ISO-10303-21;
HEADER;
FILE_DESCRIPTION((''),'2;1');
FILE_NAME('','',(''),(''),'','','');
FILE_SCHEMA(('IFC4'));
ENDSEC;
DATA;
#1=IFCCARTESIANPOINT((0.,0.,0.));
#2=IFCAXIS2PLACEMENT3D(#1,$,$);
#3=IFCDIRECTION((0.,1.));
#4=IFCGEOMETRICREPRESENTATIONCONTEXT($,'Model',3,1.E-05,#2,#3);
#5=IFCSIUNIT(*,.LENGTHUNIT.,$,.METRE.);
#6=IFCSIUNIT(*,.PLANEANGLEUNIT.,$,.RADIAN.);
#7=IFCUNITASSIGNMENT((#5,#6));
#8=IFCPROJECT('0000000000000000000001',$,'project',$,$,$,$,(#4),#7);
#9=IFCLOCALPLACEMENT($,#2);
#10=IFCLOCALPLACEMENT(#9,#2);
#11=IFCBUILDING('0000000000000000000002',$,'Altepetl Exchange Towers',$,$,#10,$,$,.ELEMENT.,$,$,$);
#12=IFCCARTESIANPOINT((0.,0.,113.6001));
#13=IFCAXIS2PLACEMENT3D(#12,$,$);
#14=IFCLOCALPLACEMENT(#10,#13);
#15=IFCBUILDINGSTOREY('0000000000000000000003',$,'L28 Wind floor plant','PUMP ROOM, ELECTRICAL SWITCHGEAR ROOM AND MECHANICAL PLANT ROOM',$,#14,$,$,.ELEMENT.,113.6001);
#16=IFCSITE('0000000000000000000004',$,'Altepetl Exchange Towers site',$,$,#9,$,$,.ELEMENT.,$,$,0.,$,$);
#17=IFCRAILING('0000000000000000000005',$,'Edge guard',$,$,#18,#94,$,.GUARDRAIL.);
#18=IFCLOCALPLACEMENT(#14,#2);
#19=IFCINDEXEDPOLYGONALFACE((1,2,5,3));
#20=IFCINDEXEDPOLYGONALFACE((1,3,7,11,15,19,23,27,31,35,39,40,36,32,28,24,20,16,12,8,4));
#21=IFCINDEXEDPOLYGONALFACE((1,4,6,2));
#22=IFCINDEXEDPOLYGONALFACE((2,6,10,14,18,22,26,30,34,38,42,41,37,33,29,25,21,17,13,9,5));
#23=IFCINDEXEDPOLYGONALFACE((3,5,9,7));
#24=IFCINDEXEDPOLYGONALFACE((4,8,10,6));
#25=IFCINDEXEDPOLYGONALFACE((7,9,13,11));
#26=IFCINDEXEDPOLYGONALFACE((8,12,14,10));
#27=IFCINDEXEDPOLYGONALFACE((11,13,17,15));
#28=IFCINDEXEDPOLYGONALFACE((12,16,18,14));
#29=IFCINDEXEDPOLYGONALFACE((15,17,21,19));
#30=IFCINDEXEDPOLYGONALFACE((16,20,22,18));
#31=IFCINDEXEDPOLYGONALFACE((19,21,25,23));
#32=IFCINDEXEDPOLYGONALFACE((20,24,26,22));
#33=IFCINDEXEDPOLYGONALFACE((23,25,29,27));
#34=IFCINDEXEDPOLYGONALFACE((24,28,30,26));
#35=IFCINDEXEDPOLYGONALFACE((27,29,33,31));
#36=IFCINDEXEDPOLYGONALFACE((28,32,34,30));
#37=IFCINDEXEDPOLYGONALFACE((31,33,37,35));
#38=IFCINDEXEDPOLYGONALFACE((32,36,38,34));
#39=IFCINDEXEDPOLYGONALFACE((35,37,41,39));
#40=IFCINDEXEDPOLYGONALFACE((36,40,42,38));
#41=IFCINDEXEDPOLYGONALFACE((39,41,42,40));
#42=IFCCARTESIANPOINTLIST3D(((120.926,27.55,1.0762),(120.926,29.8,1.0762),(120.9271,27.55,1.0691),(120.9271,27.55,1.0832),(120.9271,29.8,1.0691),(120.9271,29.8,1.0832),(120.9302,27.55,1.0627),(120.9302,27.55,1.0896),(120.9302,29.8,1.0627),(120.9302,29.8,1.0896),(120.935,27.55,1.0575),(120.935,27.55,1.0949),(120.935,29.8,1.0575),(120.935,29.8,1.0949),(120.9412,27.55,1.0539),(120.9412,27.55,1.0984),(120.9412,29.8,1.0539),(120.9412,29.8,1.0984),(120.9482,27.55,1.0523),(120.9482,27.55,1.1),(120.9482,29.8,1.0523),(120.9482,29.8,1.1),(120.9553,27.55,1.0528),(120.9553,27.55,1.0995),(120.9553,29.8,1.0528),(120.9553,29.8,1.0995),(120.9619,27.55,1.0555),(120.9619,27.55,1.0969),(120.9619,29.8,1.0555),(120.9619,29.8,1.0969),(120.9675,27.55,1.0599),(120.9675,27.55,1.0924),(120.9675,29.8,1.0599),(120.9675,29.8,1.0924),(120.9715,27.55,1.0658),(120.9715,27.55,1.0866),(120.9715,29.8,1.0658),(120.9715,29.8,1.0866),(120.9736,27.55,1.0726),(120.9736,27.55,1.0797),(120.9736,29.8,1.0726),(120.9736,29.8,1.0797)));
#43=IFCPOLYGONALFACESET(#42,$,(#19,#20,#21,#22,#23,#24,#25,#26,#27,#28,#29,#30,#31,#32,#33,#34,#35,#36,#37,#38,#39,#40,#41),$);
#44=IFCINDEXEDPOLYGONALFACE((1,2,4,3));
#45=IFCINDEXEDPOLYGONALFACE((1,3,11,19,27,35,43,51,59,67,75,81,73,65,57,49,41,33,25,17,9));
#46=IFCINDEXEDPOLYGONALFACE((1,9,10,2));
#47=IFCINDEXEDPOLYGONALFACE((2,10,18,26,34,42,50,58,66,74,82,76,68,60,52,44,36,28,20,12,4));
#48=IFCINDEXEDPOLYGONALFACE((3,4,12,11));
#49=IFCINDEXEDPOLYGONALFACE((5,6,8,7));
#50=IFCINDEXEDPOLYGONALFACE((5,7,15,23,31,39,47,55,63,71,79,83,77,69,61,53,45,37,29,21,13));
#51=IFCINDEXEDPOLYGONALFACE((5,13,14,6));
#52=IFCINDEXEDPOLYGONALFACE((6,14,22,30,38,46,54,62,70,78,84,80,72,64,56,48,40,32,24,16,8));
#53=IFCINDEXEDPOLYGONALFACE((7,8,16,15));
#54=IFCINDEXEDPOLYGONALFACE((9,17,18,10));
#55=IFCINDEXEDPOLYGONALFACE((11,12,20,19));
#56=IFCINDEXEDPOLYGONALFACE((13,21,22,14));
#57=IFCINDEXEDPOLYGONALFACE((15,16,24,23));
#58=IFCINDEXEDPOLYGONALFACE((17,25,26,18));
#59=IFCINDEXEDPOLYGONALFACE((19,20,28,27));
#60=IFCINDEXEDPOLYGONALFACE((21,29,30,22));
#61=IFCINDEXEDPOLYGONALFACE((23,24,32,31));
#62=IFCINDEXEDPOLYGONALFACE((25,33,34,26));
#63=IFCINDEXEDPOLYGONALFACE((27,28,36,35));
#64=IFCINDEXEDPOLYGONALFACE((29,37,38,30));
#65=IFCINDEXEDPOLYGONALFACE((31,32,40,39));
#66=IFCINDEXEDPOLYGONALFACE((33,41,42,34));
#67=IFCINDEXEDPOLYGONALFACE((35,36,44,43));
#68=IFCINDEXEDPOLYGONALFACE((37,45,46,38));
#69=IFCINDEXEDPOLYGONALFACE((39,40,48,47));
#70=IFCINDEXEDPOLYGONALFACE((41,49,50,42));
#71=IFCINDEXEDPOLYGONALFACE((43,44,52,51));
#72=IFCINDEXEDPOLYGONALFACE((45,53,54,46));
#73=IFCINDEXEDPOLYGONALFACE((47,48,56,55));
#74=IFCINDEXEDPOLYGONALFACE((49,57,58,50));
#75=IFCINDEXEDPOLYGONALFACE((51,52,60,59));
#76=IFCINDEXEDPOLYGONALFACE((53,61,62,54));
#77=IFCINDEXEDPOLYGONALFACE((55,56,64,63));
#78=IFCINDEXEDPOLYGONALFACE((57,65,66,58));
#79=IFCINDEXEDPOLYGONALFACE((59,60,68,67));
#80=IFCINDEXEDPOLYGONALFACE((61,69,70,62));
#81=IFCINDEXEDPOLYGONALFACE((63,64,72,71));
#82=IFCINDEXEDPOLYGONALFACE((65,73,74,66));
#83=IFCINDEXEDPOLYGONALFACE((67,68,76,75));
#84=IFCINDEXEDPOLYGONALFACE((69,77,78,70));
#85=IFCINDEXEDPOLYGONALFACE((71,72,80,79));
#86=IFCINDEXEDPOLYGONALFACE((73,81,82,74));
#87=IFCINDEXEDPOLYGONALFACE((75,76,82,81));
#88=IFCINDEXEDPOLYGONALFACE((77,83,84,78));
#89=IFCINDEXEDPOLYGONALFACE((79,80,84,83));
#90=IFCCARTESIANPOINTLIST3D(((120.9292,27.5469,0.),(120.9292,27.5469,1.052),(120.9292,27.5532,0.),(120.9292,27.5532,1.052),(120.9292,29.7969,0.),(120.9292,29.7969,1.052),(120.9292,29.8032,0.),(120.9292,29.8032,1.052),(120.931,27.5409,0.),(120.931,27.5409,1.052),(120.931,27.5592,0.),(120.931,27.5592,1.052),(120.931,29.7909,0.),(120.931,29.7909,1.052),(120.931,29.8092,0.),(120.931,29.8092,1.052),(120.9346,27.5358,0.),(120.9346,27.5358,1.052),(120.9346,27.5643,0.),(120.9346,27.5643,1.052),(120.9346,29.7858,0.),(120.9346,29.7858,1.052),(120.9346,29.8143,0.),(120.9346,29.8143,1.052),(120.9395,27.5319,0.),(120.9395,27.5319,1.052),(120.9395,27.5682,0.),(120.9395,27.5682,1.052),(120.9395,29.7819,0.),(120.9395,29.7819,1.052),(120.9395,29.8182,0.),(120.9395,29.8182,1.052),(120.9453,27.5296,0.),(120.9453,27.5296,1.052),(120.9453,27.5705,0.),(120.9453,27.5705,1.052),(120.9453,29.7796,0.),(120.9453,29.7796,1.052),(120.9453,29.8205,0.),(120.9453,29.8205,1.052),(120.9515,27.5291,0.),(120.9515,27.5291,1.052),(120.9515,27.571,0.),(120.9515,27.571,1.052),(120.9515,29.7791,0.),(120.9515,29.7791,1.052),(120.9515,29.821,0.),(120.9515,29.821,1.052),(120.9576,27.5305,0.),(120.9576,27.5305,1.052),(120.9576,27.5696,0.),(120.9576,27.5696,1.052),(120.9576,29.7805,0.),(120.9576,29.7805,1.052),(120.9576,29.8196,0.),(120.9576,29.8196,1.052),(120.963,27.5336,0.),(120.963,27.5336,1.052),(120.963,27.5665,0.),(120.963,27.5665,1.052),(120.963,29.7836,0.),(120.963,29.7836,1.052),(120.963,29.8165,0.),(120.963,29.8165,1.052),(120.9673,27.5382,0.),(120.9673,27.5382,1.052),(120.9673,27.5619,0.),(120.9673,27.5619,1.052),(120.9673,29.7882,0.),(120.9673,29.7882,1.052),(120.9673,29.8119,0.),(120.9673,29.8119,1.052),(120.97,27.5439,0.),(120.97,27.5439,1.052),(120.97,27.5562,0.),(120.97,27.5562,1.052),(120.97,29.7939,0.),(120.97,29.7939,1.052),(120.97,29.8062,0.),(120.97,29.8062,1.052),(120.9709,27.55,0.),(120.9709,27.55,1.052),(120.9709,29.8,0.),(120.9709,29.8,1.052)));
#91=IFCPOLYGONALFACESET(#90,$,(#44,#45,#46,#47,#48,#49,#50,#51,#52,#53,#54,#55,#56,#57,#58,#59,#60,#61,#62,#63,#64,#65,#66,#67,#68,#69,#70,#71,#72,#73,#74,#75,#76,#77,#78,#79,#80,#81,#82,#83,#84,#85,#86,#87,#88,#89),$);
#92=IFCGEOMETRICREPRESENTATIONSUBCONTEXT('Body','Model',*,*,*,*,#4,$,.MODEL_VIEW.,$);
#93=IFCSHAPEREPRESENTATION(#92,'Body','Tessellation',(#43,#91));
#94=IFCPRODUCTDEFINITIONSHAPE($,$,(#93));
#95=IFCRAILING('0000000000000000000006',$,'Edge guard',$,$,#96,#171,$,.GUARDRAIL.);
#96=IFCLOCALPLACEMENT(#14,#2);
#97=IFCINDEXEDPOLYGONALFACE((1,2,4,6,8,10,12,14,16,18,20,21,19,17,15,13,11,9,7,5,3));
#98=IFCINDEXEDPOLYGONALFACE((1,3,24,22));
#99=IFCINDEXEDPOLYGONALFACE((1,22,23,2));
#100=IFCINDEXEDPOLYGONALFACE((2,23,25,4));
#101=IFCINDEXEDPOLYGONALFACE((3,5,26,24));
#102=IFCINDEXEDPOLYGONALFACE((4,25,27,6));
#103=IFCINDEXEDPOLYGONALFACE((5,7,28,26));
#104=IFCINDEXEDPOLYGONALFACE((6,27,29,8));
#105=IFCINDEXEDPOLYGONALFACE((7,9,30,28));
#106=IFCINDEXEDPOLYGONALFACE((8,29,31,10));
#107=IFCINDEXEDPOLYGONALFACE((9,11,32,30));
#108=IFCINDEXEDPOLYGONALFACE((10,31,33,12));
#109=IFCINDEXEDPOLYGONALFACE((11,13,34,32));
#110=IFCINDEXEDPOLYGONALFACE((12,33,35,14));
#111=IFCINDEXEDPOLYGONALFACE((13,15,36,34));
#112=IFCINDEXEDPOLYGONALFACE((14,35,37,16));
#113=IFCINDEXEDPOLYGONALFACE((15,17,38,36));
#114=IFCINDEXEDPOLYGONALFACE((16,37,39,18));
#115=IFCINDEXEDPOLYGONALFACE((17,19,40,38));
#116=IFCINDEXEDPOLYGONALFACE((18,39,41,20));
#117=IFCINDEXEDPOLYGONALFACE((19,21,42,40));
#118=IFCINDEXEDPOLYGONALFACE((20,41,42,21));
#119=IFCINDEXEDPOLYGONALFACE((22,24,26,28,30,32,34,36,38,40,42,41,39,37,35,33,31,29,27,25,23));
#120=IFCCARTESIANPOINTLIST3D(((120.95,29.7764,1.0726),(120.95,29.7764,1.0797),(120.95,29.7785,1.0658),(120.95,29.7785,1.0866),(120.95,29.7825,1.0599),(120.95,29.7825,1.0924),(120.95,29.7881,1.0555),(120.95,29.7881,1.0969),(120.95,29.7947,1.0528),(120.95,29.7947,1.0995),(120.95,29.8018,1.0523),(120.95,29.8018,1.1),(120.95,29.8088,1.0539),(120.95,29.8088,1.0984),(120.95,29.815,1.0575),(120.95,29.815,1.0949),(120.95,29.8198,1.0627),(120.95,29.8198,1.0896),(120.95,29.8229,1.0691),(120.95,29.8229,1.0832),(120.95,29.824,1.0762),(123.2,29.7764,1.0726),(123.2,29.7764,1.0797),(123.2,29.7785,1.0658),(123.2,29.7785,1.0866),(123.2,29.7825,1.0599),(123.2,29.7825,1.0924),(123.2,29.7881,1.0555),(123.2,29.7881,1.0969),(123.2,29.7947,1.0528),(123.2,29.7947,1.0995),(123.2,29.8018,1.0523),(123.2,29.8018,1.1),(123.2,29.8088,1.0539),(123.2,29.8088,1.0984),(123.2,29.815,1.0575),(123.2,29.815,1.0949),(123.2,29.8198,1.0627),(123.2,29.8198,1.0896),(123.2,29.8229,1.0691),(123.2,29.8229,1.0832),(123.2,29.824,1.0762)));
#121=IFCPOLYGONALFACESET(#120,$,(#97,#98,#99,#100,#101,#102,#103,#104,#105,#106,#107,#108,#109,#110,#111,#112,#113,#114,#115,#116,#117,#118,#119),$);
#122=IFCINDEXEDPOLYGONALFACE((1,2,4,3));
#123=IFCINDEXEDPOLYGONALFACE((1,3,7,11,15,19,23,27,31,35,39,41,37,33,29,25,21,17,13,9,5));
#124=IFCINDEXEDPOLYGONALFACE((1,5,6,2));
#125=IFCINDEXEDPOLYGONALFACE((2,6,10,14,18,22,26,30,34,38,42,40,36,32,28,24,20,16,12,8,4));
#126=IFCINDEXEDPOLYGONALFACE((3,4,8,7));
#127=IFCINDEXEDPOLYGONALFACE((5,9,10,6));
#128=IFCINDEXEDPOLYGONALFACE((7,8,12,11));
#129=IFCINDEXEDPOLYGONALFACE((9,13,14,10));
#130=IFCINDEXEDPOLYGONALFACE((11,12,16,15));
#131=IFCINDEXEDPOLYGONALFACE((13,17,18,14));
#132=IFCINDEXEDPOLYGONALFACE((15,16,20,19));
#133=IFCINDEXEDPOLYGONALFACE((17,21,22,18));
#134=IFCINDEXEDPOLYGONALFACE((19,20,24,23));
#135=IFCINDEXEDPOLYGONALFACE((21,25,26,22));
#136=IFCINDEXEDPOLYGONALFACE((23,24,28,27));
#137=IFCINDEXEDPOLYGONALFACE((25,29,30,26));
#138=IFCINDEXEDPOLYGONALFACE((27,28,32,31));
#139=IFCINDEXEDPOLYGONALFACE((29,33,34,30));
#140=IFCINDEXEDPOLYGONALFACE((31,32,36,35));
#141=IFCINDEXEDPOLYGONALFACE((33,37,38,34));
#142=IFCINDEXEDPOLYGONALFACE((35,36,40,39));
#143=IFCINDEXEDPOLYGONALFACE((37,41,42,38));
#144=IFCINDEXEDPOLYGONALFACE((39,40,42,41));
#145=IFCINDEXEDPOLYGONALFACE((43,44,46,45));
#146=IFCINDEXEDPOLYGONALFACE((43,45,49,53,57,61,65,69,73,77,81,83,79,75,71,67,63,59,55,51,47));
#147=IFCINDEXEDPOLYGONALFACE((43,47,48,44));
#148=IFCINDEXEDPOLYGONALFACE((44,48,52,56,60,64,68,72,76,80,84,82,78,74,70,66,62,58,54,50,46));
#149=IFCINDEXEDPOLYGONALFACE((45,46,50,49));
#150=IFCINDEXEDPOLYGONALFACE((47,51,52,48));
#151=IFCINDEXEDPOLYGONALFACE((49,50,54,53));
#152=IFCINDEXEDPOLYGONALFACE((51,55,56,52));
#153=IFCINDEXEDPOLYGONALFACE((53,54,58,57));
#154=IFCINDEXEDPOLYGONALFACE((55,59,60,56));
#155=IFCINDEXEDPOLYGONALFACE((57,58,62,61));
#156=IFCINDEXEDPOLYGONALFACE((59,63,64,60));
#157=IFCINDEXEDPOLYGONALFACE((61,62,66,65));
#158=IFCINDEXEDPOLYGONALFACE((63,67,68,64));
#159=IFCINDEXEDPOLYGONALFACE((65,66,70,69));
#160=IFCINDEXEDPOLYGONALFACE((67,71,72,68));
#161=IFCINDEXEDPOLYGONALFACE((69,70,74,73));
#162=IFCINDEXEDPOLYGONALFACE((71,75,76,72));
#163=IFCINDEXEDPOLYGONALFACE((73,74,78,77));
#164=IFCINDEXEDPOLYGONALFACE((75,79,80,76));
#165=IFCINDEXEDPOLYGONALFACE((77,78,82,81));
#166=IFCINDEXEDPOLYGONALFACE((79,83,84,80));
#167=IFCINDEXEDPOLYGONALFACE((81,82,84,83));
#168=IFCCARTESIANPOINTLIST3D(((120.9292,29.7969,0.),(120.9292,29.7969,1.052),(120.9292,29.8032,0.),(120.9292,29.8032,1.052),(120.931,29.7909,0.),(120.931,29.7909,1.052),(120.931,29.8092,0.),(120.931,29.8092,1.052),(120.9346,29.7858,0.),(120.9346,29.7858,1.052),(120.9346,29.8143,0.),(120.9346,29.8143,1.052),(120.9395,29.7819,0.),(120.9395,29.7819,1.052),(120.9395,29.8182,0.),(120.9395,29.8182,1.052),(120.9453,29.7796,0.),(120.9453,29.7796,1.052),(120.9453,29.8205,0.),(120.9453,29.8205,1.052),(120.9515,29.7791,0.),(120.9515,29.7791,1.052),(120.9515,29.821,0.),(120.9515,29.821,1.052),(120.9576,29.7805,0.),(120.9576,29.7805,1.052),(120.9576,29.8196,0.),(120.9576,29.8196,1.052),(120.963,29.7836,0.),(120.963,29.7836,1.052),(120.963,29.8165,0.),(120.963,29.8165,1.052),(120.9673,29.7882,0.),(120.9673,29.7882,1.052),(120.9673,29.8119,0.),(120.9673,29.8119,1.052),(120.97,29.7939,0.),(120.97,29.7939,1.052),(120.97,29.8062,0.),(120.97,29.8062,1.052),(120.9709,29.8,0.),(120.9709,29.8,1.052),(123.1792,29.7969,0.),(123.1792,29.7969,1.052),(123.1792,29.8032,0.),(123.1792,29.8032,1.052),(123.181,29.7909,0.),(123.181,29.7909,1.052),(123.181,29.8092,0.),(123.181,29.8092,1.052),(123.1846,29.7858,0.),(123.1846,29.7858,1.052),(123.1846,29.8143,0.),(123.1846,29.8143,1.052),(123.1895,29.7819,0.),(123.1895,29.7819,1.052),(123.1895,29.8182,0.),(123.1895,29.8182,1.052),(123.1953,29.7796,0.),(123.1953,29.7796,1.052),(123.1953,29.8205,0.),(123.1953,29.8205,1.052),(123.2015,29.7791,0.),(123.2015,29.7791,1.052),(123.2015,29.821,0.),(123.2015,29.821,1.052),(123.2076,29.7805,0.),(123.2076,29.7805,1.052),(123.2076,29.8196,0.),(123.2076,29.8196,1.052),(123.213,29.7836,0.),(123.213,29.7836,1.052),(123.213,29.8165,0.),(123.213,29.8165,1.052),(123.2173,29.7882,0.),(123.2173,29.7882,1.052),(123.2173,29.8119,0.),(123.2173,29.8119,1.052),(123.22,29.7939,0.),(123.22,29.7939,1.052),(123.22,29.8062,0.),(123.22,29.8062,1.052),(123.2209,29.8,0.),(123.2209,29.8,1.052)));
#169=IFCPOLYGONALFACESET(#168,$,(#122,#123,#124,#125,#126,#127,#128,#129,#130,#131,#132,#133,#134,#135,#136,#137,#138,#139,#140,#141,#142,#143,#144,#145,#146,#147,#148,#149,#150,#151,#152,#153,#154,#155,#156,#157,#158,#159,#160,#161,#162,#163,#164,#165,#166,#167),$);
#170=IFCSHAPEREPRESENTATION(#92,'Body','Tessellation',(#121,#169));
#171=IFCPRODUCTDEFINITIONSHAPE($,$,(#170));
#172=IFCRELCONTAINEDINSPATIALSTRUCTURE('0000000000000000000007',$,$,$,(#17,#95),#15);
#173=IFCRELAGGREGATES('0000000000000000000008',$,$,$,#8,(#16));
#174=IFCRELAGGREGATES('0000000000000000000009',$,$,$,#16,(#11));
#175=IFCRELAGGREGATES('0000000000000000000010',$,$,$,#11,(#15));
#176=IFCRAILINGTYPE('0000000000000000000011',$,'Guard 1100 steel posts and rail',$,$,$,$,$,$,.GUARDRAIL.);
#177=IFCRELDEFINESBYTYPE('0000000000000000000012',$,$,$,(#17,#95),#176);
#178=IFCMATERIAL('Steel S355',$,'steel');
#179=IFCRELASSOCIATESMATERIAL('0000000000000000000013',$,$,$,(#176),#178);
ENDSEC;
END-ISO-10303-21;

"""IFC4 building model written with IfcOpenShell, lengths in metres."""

from ifc_helpers import new_model, si_unit, direction, frame, origin, origin_2d, place, context, subcontext, project, spatial, circle, extrude, source, transform, mapped, material, type_object, element, save


model = new_model("IFC4")

# Units and contexts
model_context = context("Model", 3, precision=1e-05, world=origin(), true_north=direction((0.0, 1.0)))
body_context = subcontext(model_context, "Body", "Model", "MODEL_VIEW")
ifc_project = project(units=[si_unit("LENGTHUNIT", "METRE"), si_unit("PLANEANGLEUNIT", "RADIAN")], contexts=[model_context])

# Site, building, storey
site_placement = place(None, origin())
site = spatial("IfcSite", under=ifc_project, at=site_placement, Name="Altepetl Exchange Towers site", CompositionType="ELEMENT", RefElevation=0.0)
building_placement = place(site_placement, origin())
building = spatial("IfcBuilding", under=site, at=building_placement, Name="Altepetl Exchange Towers", CompositionType="ELEMENT")
storey_placement = place(building_placement, frame((0.0, 0.0, 113.6001)))
storey = spatial("IfcBuildingStorey", under=building, at=storey_placement, Name="L28 Wind floor plant", Description="PUMP ROOM, ELECTRICAL SWITCHGEAR ROOM AND MECHANICAL PLANT ROOM", CompositionType="ELEMENT", Elevation=113.6001)

# Shared definitions
ifc_material_1 = material(Name="Steel S355", Category="steel")

# Railings
railing_type = type_object("IfcRailingType", Name="Guard 1100 steel posts and rail", PredefinedType="GUARDRAIL", material=ifc_material_1)
shared_shape = source(origin(), body_context, "Body", "SweptSolid", [
    extrude(circle(Radius=0.021, at=origin_2d()), origin(), (0.0, 0.0, 1.0), 1.052),
])
railing_1_placement = place(storey_placement, frame((120.95, 27.55, 0.0)))
element("IfcRailing", 1, at=railing_1_placement, inside=storey, type_object=railing_type, Name="Edge guard", PredefinedType="GUARDRAIL", context=body_context, shape_type="SweptSolid", body=[
    extrude(circle(Radius=0.0239, at=origin_2d()), frame((0.0, 0.0, 1.0762), z_axis=(0.0, 1.0, 0.0), x_axis=(-1.0, 0.0, 0.0)), (0.0, 0.0, 1.0), 2.25),
    mapped(shared_shape, transform((0.0, 0.0, 0.0))),
    mapped(shared_shape, transform((0.0, 2.25, 0.0))),
])
railing_2_placement = place(storey_placement, frame((120.95, 29.8, 0.0)))
element("IfcRailing", 2, at=railing_2_placement, inside=storey, type_object=railing_type, Name="Edge guard", PredefinedType="GUARDRAIL", context=body_context, shape_type="SweptSolid", body=[
    extrude(circle(Radius=0.0239, at=origin_2d()), frame((0.0, 0.0, 1.0762), z_axis=(1.0, 0.0, 0.0), x_axis=(0.0, 1.0, 0.0)), (0.0, 0.0, 1.0), 2.25),
    mapped(shared_shape, transform((0.0, 0.0, 0.0))),
    mapped(shared_shape, transform((2.25, 0.0, 0.0))),
])

save(model, "model.ifc")
